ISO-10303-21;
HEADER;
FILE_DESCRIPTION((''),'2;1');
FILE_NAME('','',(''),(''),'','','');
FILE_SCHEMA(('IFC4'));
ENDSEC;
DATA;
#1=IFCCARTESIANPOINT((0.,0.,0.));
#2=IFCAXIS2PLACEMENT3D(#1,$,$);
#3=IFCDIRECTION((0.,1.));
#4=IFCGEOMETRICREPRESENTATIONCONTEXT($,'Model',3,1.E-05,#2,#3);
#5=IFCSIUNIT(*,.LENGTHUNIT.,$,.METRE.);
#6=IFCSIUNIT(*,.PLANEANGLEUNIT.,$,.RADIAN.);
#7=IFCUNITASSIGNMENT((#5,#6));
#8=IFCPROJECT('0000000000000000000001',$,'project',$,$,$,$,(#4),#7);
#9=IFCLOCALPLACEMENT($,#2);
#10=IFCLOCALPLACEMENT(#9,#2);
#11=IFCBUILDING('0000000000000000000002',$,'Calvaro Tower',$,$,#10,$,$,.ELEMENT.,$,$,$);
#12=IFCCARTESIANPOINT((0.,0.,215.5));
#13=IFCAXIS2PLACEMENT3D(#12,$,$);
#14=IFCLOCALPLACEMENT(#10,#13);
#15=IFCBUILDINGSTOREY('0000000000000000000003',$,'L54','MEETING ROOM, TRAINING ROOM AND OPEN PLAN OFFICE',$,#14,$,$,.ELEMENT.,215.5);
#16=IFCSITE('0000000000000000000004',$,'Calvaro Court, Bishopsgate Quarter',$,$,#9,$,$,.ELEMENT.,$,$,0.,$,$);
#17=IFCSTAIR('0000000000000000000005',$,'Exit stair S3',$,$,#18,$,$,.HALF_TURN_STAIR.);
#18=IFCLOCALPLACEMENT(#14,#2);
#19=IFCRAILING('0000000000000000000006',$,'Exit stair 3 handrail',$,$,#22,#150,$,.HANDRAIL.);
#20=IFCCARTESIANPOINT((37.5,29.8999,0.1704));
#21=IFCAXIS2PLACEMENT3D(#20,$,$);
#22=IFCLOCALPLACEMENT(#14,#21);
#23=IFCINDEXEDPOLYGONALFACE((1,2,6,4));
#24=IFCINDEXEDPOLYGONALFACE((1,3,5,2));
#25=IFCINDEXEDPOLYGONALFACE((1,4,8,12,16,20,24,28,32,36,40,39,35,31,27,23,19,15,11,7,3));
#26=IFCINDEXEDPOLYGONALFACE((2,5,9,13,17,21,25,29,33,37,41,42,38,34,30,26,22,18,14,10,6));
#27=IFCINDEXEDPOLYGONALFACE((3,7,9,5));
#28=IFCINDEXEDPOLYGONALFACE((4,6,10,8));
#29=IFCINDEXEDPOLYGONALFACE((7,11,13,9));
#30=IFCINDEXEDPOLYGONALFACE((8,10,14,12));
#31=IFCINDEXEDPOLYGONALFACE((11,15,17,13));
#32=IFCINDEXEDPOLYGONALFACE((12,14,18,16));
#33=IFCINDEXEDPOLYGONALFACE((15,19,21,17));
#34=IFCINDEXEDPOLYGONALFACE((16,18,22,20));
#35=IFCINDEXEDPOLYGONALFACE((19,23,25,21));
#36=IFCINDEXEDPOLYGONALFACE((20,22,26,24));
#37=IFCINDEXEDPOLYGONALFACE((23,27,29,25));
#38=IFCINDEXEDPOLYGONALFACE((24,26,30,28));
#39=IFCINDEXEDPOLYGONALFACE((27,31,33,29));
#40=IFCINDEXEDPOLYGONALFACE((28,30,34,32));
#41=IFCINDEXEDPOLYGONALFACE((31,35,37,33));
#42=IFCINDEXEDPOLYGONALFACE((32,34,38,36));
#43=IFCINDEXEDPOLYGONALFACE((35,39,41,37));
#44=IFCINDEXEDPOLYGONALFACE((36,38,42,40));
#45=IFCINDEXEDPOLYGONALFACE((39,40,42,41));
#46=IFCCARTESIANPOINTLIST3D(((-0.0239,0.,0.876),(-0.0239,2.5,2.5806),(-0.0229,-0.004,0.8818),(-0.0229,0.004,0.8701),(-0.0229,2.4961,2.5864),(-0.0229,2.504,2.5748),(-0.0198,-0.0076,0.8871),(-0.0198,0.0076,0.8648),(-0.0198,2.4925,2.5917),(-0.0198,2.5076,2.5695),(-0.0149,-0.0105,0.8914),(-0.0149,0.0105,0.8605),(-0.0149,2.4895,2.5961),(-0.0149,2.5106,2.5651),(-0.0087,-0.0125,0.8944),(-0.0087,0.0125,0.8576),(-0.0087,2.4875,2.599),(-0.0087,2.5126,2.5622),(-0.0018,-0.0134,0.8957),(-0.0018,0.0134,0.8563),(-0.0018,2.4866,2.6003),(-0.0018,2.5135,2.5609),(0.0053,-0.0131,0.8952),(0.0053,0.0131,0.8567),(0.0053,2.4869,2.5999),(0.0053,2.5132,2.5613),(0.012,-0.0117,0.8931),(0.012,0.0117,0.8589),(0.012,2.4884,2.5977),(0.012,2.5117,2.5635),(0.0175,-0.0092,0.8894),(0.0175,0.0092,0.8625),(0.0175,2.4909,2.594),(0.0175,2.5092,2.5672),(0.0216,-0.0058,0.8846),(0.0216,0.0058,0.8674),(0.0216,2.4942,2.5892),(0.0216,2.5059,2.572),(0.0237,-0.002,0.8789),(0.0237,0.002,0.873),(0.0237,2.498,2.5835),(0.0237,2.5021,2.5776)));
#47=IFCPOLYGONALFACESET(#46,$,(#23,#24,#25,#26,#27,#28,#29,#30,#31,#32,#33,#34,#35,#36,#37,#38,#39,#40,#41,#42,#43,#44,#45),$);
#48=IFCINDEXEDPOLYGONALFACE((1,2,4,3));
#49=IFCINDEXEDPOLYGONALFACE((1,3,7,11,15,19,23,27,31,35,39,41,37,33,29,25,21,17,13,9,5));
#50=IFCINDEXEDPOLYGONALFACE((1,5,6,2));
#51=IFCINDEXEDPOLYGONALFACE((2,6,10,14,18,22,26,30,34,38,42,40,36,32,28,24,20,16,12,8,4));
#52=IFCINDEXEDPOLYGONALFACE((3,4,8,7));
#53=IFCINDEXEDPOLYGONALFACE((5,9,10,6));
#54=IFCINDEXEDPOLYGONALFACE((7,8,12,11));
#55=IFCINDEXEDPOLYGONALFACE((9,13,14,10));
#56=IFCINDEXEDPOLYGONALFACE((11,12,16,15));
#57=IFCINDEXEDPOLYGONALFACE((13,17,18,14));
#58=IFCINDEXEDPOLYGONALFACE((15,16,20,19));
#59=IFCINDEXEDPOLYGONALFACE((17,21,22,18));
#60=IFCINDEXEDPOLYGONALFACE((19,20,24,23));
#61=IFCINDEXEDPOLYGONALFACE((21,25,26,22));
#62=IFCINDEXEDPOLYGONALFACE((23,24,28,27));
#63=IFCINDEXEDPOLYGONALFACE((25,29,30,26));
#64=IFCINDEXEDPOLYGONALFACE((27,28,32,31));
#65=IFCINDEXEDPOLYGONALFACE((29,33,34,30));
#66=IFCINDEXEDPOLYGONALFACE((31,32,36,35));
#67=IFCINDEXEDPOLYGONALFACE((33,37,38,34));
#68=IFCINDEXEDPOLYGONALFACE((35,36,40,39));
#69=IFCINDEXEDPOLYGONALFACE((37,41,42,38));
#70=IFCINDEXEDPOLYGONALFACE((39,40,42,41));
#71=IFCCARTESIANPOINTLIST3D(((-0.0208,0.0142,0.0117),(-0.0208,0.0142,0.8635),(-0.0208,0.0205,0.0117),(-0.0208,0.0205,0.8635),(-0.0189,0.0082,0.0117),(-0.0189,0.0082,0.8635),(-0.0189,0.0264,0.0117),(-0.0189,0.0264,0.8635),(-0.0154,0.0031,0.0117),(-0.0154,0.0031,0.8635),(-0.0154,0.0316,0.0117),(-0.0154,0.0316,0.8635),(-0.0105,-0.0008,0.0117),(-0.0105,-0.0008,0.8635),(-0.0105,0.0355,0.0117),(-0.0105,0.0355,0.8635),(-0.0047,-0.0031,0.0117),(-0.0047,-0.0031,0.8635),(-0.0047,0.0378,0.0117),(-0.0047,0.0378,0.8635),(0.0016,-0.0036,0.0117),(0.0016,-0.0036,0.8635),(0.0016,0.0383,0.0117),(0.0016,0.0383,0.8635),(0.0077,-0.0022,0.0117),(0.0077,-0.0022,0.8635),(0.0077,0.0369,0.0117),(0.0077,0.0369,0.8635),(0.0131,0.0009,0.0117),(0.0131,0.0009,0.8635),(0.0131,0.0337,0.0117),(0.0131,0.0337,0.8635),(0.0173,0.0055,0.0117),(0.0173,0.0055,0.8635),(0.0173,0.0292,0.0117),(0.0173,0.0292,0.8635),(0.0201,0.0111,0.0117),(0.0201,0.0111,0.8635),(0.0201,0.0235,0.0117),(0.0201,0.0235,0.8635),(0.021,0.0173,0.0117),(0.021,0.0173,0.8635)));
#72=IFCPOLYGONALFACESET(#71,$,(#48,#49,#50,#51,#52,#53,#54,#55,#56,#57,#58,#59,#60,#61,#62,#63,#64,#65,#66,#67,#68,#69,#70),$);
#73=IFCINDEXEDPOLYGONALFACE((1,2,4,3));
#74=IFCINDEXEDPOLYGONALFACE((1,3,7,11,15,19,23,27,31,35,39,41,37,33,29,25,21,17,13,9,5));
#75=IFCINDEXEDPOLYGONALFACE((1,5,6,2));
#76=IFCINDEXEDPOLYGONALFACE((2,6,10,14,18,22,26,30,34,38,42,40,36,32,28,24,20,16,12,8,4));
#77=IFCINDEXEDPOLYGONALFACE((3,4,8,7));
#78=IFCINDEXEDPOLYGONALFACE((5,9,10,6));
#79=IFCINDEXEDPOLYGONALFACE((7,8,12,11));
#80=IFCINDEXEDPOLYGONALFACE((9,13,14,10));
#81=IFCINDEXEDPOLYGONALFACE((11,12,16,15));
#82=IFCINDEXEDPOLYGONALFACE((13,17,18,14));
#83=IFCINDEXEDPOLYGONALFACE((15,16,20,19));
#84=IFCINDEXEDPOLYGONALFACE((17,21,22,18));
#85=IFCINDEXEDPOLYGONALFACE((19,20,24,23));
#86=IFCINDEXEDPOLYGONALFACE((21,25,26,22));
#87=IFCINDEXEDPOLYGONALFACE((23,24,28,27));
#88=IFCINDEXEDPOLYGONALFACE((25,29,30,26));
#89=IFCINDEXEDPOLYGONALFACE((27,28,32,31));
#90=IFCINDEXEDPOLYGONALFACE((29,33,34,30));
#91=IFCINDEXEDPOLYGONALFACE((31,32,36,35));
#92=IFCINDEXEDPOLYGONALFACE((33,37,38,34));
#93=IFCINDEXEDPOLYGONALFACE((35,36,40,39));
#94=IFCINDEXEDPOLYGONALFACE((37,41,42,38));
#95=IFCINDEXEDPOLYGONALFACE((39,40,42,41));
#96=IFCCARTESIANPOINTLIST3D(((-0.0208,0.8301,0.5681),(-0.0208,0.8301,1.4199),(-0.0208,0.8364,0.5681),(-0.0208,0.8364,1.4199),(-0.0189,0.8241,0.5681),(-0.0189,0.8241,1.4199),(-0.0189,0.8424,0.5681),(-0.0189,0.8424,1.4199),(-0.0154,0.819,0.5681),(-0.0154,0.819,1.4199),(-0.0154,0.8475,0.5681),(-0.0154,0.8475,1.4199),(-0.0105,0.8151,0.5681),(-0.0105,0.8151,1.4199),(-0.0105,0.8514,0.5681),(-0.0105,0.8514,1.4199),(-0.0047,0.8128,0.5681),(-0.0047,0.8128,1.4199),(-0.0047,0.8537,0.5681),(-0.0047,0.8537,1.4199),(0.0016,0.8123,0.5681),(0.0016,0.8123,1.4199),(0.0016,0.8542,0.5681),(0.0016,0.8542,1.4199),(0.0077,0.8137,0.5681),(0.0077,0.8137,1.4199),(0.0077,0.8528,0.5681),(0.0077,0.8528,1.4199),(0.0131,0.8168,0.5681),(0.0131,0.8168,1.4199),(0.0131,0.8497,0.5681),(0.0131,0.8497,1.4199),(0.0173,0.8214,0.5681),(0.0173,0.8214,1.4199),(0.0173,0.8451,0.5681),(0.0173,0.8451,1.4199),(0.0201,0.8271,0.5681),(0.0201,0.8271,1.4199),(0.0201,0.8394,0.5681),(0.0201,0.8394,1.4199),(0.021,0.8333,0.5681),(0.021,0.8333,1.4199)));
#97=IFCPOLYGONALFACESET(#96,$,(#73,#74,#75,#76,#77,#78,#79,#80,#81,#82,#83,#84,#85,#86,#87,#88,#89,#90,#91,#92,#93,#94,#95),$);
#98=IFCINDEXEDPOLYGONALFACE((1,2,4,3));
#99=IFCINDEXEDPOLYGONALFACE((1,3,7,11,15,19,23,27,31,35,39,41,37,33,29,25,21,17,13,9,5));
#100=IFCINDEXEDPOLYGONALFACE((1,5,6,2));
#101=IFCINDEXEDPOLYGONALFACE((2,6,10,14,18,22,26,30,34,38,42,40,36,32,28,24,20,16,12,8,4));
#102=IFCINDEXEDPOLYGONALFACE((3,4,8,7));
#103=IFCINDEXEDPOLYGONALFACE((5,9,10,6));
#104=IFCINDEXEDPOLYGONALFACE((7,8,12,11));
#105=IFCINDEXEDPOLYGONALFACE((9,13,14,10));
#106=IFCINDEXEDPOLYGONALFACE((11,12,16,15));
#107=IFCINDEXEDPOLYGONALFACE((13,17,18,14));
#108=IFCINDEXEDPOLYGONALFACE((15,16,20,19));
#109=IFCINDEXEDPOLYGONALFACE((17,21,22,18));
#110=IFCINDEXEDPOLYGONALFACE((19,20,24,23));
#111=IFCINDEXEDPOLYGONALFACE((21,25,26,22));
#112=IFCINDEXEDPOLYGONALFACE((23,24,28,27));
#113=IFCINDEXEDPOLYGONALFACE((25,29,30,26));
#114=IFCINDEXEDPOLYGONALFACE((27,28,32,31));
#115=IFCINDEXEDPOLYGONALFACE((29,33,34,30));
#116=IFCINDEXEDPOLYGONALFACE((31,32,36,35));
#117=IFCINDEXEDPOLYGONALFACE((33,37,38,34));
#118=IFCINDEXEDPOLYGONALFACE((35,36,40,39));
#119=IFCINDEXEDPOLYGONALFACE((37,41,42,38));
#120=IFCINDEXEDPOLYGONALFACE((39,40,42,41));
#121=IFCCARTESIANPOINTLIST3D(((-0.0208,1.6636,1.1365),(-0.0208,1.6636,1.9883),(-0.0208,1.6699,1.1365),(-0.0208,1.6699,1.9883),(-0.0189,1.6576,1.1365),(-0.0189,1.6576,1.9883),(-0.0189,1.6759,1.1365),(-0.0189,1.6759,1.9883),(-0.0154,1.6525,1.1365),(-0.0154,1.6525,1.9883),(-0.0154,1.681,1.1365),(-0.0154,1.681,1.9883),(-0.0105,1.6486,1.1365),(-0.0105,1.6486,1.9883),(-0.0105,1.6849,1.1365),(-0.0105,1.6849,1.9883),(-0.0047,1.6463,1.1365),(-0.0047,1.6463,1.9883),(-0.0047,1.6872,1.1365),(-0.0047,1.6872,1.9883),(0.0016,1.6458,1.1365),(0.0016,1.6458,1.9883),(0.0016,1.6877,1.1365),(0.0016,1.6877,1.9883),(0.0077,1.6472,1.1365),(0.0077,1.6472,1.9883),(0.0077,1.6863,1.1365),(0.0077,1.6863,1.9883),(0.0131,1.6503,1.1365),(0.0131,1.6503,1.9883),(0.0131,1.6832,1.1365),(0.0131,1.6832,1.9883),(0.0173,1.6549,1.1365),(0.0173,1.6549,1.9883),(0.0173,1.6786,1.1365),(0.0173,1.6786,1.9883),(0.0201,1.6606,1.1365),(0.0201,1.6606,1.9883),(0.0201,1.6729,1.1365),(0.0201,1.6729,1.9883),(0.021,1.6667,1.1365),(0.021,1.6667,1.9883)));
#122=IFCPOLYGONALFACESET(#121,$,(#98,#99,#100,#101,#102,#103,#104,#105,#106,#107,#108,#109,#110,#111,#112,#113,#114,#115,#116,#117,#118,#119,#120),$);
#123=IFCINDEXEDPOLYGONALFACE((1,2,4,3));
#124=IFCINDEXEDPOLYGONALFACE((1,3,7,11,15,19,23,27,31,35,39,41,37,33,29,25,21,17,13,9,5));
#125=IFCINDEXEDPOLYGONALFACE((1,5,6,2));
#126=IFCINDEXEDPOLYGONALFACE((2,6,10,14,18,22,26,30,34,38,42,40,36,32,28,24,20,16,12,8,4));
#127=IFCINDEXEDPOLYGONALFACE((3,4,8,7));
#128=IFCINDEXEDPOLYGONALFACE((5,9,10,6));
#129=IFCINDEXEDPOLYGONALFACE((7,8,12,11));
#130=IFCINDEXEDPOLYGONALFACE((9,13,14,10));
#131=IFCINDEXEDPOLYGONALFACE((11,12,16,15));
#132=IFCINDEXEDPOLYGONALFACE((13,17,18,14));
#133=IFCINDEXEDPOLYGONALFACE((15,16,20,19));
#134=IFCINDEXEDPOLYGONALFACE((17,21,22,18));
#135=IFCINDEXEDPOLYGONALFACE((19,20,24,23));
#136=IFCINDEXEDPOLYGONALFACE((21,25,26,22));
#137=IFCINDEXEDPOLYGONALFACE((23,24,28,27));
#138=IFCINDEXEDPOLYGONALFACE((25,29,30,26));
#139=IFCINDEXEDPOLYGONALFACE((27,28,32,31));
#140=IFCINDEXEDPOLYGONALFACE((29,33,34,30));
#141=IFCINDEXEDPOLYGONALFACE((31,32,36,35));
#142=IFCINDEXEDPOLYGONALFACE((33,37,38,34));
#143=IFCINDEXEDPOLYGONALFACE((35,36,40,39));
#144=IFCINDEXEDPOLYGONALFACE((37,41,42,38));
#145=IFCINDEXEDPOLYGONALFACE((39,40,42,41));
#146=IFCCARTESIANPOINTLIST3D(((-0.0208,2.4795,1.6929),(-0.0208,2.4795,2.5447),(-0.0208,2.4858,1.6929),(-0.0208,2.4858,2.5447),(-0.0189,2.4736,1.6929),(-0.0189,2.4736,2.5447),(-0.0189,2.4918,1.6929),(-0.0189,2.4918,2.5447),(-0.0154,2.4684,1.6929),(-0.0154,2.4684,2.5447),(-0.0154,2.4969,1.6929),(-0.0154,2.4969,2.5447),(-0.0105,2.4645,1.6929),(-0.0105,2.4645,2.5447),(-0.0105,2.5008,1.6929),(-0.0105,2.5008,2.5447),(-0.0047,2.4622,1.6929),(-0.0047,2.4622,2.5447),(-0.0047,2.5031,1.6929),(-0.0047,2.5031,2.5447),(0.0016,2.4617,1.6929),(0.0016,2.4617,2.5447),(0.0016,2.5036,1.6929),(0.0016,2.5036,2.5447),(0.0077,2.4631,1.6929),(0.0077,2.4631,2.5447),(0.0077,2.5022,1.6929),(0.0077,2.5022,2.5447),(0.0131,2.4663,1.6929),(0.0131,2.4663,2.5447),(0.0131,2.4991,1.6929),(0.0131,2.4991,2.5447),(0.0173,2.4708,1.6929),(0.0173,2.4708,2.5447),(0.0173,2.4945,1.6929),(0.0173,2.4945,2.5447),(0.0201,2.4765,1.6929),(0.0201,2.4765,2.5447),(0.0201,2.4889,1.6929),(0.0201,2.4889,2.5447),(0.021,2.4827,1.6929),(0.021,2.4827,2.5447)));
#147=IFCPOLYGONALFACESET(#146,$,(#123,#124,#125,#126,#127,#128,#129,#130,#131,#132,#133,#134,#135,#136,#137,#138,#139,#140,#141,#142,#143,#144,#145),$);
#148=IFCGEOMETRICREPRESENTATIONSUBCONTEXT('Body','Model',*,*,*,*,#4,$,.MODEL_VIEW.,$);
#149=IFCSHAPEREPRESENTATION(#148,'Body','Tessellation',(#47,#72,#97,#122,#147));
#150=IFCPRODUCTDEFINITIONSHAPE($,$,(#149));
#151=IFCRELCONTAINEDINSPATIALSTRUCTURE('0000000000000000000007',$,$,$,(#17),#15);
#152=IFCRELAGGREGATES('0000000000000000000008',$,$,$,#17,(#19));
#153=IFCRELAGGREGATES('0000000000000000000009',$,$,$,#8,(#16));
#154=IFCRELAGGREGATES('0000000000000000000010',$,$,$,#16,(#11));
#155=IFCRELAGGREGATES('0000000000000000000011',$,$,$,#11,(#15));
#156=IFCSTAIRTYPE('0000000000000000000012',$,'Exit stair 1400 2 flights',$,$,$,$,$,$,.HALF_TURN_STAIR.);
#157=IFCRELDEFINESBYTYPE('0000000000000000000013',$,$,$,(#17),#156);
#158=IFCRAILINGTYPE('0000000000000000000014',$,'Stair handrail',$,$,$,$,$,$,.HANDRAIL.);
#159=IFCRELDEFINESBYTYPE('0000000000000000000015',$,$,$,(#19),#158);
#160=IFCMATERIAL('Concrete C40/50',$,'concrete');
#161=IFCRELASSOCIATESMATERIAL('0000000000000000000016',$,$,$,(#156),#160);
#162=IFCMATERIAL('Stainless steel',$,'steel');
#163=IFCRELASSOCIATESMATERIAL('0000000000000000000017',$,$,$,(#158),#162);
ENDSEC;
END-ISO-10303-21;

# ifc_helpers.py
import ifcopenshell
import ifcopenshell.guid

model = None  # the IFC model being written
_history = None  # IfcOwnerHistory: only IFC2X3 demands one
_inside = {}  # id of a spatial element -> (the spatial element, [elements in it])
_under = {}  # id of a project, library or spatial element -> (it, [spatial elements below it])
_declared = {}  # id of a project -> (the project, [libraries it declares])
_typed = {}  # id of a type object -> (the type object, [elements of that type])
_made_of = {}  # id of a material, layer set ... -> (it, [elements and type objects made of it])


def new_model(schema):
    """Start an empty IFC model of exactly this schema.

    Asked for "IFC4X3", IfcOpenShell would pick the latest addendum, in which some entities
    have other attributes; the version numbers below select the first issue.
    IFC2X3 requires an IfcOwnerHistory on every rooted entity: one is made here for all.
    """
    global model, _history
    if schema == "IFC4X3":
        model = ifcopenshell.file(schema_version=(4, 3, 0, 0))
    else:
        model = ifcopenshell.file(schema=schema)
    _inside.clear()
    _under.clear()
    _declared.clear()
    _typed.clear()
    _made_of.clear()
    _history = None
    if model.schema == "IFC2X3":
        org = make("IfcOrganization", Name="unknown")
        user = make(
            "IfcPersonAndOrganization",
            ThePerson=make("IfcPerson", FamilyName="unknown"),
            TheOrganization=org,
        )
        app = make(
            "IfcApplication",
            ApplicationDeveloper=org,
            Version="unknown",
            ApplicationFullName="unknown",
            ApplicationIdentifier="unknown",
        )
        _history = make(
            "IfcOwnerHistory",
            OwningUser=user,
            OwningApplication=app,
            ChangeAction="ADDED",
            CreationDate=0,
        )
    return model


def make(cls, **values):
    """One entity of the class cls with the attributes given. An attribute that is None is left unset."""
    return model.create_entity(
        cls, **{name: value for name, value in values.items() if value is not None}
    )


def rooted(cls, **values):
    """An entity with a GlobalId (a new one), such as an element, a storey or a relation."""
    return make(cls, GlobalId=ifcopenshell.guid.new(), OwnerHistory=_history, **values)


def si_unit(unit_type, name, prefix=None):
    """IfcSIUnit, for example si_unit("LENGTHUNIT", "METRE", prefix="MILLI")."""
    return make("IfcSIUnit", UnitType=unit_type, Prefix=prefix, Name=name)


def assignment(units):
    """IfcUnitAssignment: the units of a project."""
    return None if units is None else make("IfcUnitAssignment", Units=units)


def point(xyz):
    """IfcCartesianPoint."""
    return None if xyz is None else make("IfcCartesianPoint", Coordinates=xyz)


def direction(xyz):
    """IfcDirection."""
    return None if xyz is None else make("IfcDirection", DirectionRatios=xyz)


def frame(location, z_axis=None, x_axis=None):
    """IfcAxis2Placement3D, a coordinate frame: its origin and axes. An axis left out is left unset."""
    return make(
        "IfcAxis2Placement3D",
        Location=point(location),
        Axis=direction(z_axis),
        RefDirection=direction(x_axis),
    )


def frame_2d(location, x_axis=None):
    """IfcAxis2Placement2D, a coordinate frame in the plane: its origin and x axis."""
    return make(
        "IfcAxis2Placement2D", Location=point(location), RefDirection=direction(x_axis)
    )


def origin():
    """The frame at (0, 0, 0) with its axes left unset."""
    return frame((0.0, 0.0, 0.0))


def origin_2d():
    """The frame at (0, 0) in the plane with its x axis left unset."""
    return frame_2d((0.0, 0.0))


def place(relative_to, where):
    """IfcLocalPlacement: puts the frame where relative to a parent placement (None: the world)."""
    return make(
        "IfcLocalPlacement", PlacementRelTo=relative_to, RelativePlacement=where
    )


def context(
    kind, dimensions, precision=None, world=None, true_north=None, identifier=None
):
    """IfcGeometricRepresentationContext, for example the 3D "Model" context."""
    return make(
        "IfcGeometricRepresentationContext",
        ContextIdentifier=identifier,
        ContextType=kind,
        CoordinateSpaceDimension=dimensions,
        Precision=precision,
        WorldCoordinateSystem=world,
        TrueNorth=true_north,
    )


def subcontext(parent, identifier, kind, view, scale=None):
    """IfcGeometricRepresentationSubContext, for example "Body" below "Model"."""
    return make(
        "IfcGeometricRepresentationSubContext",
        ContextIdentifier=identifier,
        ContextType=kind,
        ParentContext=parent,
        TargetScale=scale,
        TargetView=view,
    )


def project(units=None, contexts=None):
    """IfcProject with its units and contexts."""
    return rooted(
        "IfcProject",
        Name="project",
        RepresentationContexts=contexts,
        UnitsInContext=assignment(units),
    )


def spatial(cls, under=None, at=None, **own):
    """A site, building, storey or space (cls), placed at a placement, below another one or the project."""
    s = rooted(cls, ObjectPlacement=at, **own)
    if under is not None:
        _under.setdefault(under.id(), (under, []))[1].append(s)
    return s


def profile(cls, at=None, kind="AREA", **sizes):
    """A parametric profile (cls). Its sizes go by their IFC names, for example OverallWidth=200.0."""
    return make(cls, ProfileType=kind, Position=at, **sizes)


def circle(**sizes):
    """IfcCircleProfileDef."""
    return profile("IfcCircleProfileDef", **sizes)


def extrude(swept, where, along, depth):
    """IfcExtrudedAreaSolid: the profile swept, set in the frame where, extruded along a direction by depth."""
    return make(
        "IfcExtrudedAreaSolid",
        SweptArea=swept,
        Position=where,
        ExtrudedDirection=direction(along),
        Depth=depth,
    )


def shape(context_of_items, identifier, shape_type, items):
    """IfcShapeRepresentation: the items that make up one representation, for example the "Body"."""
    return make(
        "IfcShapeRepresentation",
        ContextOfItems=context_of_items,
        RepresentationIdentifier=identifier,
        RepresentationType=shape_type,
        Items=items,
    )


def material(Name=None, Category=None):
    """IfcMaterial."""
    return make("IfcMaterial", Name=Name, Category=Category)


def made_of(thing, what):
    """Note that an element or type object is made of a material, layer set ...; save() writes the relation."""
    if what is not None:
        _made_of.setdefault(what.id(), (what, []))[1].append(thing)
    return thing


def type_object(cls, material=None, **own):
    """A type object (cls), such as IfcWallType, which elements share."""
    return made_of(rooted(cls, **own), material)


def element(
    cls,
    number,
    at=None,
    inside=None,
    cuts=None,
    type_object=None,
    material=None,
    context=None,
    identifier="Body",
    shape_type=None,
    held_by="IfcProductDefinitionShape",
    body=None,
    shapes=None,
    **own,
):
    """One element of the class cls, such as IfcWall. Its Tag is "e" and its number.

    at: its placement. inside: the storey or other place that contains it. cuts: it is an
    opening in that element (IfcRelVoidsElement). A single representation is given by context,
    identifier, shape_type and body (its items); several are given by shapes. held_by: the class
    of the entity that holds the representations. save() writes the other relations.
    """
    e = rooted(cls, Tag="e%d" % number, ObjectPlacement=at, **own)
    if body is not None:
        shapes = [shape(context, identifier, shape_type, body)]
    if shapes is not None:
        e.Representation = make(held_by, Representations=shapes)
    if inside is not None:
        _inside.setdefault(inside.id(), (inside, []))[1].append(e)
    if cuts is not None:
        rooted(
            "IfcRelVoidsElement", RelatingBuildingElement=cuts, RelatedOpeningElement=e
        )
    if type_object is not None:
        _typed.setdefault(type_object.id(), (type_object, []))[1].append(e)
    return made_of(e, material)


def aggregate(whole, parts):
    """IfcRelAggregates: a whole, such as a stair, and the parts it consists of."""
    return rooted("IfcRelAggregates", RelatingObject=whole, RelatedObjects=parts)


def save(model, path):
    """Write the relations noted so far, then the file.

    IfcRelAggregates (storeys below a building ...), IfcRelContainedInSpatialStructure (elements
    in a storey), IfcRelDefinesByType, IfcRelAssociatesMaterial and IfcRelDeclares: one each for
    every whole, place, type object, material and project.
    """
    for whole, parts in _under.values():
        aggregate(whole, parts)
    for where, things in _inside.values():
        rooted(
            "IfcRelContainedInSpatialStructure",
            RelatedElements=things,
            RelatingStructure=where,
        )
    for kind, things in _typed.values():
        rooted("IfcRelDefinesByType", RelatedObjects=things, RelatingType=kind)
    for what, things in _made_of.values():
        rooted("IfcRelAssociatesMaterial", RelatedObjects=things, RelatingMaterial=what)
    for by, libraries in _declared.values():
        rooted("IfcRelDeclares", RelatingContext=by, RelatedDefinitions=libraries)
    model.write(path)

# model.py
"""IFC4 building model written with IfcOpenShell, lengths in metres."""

from ifc_helpers import new_model, si_unit, direction, frame, origin, origin_2d, place, context, subcontext, project, spatial, circle, extrude, material, type_object, element, aggregate, save


model = new_model("IFC4")

# Units and contexts
model_context = context("Model", 3, precision=1e-05, world=origin(), true_north=direction((0.0, 1.0)))
body_context = subcontext(model_context, "Body", "Model", "MODEL_VIEW")
ifc_project = project(units=[si_unit("LENGTHUNIT", "METRE"), si_unit("PLANEANGLEUNIT", "RADIAN")], contexts=[model_context])

# Site, building, storey
site_placement = place(None, origin())
site = spatial("IfcSite", under=ifc_project, at=site_placement, Name="Calvaro Court, Bishopsgate Quarter", CompositionType="ELEMENT", RefElevation=0.0)
building_placement = place(site_placement, origin())
building = spatial("IfcBuilding", under=site, at=building_placement, Name="Calvaro Tower", CompositionType="ELEMENT")
storey_placement = place(building_placement, frame((0.0, 0.0, 215.5)))
storey = spatial("IfcBuildingStorey", under=building, at=storey_placement, Name="L54", Description="MEETING ROOM, TRAINING ROOM AND OPEN PLAN OFFICE", CompositionType="ELEMENT", Elevation=215.5)

# Stair, railing
ifc_material_1 = material(Name="Concrete C40/50", Category="concrete")
stair_type = type_object("IfcStairType", Name="Exit stair 1400 2 flights", PredefinedType="HALF_TURN_STAIR", material=ifc_material_1)
stair_1_placement = place(storey_placement, origin())
stair_1 = element("IfcStair", 1, at=stair_1_placement, inside=storey, type_object=stair_type, Name="Exit stair S3", PredefinedType="HALF_TURN_STAIR")
ifc_material_2 = material(Name="Stainless steel", Category="steel")
railing_type = type_object("IfcRailingType", Name="Stair handrail", PredefinedType="HANDRAIL", material=ifc_material_2)
railing_1_placement = place(storey_placement, frame((37.5, 29.8999, 0.1704)))
railing_1 = element("IfcRailing", 2, at=railing_1_placement, type_object=railing_type, Name="Exit stair 3 handrail", PredefinedType="HANDRAIL", context=body_context, shape_type="SweptSolid", body=[
    extrude(circle(Radius=0.0239, at=origin_2d()), frame((0.0, 0.0, 0.876), z_axis=(0.0, 0.826221, 0.563347), x_axis=(-1.0, 0.0, 0.0)), (0.0, 0.0, 1.0), 3.0259),
    extrude(circle(Radius=0.021, at=origin_2d()), frame((0.0, 0.0173, 0.0117)), (0.0, 0.0, 1.0), 0.8518),
    extrude(circle(Radius=0.021, at=origin_2d()), frame((0.0, 0.8333, 0.5681)), (0.0, 0.0, 1.0), 0.8518),
    extrude(circle(Radius=0.021, at=origin_2d()), frame((0.0, 1.6667, 1.1365)), (0.0, 0.0, 1.0), 0.8518),
    extrude(circle(Radius=0.021, at=origin_2d()), frame((0.0, 2.4827, 1.6929)), (0.0, 0.0, 1.0), 0.8518),
])
aggregate(stair_1, [railing_1])

save(model, "model.ifc")
